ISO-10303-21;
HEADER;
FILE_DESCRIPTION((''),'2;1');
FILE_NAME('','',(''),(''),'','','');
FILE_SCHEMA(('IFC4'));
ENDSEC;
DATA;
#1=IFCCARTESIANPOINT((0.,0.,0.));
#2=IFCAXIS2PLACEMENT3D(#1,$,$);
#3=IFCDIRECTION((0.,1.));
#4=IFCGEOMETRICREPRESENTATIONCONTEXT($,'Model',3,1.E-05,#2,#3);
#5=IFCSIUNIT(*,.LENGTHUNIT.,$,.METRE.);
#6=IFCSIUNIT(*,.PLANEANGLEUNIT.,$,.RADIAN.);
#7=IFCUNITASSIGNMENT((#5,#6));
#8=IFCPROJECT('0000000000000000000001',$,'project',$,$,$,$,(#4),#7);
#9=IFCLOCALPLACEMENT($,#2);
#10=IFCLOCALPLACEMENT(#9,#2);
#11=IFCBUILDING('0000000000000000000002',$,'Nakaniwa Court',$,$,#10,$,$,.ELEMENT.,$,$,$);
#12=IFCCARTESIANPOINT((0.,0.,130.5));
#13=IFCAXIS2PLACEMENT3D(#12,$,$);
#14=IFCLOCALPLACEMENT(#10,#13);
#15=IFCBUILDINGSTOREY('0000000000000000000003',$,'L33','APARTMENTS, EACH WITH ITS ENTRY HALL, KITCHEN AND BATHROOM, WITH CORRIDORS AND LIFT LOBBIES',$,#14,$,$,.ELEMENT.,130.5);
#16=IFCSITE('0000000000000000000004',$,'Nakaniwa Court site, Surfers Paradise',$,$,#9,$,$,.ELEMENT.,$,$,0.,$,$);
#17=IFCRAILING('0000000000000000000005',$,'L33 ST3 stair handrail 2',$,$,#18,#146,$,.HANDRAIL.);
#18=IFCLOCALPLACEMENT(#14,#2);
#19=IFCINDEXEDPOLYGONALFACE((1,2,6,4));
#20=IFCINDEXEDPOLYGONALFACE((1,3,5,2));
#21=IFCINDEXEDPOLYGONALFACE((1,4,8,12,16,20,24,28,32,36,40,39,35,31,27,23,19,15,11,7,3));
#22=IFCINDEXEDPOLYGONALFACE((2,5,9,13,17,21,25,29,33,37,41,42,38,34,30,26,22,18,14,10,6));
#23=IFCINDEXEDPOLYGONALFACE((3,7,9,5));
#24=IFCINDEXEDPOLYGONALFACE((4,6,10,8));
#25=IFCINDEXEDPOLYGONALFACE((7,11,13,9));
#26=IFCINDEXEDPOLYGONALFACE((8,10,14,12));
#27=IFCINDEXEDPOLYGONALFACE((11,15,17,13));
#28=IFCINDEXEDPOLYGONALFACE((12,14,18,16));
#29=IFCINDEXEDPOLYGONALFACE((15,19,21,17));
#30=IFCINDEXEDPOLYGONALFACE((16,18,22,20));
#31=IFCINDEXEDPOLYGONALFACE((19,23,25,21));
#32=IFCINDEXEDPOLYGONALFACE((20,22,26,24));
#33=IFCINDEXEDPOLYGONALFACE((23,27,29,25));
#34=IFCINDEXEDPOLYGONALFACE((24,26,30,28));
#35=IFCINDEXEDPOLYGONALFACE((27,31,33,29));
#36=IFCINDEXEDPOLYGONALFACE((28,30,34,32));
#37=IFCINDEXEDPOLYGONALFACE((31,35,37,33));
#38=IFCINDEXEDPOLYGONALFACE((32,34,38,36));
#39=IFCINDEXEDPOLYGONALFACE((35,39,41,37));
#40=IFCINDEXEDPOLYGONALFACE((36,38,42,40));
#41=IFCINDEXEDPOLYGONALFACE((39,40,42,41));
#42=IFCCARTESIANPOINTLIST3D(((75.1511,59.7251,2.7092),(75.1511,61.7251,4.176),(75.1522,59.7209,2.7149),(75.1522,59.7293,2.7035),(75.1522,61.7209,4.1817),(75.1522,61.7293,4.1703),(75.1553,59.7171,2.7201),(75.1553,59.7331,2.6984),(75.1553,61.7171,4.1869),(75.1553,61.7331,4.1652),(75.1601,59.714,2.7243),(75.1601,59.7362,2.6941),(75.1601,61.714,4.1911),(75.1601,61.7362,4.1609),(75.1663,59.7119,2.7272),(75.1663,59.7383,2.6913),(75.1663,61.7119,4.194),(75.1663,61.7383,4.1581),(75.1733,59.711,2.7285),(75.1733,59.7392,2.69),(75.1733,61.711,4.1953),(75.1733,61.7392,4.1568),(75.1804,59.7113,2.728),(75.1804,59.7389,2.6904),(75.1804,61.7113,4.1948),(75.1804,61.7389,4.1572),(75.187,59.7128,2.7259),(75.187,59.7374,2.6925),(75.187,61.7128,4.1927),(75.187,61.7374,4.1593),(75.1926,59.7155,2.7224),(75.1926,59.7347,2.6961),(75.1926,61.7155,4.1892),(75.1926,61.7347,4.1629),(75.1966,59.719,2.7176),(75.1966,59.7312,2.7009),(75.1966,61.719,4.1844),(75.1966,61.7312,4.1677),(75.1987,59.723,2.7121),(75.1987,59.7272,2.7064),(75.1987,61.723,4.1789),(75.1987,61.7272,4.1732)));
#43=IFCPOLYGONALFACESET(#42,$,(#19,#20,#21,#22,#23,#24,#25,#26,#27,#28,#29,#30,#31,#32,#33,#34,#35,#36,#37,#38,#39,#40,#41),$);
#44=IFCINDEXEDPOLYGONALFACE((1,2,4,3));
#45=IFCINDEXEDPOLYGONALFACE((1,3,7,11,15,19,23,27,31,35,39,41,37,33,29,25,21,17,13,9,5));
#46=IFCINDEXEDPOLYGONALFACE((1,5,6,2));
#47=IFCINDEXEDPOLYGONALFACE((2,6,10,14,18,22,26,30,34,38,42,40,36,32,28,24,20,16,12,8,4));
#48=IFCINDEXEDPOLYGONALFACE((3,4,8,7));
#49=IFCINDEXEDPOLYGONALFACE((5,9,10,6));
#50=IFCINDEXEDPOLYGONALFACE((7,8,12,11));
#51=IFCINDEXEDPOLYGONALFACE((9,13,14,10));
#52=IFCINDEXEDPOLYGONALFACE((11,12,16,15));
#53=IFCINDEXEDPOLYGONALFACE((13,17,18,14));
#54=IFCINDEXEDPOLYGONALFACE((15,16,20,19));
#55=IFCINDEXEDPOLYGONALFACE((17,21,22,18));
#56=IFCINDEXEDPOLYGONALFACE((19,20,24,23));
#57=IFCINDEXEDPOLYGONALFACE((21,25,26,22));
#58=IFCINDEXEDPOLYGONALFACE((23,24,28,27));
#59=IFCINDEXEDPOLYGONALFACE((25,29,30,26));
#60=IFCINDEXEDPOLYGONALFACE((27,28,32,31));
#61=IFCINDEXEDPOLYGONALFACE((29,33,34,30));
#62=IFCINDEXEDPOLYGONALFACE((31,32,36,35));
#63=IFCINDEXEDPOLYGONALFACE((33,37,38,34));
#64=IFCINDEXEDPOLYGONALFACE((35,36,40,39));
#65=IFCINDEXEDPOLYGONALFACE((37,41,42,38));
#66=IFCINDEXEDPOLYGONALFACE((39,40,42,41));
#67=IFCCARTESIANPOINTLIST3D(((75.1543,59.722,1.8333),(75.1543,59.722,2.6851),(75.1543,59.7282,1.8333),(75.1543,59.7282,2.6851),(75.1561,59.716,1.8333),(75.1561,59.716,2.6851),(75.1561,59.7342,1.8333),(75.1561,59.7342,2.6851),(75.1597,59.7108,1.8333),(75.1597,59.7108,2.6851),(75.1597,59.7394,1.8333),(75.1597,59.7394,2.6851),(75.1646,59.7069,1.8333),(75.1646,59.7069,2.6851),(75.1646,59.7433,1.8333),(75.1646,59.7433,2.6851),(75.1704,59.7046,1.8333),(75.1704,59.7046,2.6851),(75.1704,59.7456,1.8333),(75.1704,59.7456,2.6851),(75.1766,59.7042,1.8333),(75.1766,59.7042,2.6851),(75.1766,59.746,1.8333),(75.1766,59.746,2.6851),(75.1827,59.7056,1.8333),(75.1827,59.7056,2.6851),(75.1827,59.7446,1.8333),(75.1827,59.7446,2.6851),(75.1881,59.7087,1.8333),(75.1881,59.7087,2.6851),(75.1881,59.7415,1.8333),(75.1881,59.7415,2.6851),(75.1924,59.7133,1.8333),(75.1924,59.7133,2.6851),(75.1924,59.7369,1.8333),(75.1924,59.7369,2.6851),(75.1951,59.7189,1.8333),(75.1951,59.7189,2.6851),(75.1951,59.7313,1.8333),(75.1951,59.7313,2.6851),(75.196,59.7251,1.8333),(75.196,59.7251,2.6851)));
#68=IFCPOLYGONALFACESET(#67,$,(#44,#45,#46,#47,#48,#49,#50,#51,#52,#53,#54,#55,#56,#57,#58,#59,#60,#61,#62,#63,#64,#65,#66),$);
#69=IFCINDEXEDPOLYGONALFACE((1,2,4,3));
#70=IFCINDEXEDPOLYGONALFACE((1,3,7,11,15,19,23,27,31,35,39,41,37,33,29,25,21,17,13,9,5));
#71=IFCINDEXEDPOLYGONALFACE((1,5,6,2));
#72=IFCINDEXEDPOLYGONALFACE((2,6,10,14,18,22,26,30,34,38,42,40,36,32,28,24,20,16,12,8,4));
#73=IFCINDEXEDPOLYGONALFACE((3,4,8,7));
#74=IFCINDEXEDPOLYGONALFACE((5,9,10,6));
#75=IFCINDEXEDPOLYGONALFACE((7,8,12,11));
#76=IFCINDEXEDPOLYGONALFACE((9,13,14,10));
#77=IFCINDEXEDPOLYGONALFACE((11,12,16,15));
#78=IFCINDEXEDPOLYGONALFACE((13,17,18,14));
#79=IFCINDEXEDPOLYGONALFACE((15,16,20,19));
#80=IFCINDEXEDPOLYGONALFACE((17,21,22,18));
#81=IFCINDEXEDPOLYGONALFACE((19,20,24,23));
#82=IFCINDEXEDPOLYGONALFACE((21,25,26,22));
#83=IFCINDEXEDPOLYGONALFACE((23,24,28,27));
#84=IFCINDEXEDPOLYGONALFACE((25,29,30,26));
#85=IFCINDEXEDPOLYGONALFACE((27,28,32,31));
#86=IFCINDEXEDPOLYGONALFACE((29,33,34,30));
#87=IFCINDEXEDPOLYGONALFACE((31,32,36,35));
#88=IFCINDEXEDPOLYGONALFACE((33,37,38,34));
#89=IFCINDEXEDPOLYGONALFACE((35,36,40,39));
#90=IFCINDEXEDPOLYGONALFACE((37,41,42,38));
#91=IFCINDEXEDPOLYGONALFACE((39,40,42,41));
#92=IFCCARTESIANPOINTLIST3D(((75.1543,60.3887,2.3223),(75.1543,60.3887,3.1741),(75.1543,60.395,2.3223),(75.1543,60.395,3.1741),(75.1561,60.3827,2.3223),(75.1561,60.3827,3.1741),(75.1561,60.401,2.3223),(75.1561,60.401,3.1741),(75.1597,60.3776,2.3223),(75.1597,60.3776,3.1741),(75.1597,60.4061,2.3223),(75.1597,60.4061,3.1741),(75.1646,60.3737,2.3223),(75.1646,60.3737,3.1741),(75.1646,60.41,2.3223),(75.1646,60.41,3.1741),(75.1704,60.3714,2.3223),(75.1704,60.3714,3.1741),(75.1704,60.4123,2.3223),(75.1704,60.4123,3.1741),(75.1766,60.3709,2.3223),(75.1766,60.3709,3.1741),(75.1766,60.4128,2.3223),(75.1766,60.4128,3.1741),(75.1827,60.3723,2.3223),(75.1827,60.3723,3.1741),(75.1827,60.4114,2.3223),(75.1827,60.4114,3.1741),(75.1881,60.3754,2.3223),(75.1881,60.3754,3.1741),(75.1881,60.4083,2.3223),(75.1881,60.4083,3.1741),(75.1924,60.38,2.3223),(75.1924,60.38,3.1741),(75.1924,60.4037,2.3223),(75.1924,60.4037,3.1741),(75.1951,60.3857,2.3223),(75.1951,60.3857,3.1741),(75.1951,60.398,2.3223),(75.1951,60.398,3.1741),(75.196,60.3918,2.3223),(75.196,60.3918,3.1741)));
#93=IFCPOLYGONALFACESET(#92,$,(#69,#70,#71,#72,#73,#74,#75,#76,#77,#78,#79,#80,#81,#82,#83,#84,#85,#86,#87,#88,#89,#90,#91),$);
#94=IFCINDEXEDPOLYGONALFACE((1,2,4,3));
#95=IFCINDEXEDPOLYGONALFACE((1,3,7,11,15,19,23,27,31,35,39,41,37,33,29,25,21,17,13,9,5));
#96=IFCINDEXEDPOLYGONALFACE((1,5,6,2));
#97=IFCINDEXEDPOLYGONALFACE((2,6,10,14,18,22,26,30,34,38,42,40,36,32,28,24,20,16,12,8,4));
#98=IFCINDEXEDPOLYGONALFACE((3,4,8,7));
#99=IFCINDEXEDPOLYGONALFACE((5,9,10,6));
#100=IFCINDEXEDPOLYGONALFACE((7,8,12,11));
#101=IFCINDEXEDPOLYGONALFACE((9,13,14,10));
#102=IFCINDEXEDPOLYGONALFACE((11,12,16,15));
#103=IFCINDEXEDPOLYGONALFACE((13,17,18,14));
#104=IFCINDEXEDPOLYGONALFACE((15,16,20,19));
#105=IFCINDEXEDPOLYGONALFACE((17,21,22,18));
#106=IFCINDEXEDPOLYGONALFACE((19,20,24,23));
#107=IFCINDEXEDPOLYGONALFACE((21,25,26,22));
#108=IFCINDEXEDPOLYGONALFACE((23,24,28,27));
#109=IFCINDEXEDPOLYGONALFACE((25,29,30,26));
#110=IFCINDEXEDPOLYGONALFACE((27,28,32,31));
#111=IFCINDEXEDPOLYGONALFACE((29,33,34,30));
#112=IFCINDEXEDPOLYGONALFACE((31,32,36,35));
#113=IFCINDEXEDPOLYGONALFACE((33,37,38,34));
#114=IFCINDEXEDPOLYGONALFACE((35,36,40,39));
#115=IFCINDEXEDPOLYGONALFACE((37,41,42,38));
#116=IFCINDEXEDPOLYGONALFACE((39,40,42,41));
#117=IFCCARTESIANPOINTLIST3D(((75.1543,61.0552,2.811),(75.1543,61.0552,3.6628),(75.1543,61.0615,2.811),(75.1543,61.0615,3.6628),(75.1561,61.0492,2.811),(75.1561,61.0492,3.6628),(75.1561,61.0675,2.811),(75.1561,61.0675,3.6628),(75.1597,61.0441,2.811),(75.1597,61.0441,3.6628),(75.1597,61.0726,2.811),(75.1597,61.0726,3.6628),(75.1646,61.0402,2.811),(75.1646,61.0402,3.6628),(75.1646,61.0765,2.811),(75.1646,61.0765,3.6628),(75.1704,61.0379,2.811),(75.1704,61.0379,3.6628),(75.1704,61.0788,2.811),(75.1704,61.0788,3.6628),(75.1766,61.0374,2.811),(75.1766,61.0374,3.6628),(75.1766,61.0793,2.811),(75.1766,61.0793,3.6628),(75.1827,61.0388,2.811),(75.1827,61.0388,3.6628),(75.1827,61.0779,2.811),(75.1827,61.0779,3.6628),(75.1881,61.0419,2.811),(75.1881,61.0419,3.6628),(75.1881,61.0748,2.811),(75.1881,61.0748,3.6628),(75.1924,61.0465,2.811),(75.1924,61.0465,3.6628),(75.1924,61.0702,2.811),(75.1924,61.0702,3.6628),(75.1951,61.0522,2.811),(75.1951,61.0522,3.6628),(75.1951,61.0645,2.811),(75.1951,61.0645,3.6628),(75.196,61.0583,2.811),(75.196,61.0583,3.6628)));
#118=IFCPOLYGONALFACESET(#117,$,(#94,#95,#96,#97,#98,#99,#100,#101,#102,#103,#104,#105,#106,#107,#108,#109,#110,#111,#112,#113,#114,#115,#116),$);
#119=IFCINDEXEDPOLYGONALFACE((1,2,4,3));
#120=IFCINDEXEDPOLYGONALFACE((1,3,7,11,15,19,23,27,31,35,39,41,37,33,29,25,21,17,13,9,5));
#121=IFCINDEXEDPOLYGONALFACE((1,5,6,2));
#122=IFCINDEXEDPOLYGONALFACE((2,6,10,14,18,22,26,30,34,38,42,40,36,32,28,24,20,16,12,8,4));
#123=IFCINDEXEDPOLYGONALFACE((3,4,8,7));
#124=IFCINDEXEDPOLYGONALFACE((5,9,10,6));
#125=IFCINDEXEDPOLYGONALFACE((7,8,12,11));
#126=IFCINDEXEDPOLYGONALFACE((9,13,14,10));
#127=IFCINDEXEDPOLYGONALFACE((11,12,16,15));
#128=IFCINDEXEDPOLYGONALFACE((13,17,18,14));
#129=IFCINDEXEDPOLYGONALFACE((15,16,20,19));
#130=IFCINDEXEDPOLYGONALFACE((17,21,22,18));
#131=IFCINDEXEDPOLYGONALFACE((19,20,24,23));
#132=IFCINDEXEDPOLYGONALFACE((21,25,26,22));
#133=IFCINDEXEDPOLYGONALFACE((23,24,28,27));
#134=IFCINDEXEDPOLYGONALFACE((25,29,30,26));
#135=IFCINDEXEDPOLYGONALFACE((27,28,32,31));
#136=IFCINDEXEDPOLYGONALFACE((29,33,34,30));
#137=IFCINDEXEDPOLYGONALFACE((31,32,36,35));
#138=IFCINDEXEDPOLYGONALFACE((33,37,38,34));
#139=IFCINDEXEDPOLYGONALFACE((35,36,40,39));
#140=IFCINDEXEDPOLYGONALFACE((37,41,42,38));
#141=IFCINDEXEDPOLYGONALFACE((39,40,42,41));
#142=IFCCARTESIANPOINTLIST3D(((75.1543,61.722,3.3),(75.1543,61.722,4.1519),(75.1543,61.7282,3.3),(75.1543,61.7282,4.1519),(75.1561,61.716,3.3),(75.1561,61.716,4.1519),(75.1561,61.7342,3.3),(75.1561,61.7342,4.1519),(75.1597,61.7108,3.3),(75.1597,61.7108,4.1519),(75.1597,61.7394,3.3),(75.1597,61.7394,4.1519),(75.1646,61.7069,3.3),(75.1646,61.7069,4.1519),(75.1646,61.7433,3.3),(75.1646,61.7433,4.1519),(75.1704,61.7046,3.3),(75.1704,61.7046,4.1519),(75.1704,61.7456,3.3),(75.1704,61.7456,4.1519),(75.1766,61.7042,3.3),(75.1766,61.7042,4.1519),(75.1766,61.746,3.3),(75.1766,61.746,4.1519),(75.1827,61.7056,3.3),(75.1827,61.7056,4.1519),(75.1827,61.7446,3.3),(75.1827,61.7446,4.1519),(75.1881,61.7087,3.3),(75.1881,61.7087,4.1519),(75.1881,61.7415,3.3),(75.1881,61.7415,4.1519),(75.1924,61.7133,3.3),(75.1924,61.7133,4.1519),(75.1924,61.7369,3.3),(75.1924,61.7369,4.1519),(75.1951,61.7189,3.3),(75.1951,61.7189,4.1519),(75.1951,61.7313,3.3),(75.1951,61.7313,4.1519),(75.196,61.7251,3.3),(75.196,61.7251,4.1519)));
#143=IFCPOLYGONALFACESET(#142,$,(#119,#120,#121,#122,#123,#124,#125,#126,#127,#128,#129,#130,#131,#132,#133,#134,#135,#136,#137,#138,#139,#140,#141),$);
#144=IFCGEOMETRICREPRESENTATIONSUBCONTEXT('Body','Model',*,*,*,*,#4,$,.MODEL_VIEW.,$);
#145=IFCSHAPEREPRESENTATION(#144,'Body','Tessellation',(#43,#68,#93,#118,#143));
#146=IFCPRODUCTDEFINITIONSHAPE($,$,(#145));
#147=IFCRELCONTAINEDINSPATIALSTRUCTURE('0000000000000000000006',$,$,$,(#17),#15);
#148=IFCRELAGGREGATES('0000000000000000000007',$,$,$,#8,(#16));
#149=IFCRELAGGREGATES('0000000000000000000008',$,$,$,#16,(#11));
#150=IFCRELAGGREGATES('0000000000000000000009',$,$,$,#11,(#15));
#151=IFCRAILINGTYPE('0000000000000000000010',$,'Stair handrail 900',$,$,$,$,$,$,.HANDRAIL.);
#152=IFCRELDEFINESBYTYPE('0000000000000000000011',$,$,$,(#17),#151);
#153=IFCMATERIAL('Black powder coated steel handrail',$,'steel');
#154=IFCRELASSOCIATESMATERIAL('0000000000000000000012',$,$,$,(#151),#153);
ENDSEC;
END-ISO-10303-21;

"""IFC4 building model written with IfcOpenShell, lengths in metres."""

from ifc_helpers import new_model, si_unit, direction, frame, origin, origin_2d, place, context, subcontext, project, spatial, circle, extrude, material, type_object, element, save


model = new_model("IFC4")

# Units and contexts
model_context = context("Model", 3, precision=1e-05, world=origin(), true_north=direction((0.0, 1.0)))
body_context = subcontext(model_context, "Body", "Model", "MODEL_VIEW")
ifc_project = project(units=[si_unit("LENGTHUNIT", "METRE"), si_unit("PLANEANGLEUNIT", "RADIAN")], contexts=[model_context])

# Site, building, storey
site_placement = place(None, origin())
site = spatial("IfcSite", under=ifc_project, at=site_placement, Name="Nakaniwa Court site, Surfers Paradise", CompositionType="ELEMENT", RefElevation=0.0)
building_placement = place(site_placement, origin())
building = spatial("IfcBuilding", under=site, at=building_placement, Name="Nakaniwa Court", CompositionType="ELEMENT")
storey_placement = place(building_placement, frame((0.0, 0.0, 130.5)))
storey = spatial("IfcBuildingStorey", under=building, at=storey_placement, Name="L33", Description="APARTMENTS, EACH WITH ITS ENTRY HALL, KITCHEN AND BATHROOM, WITH CORRIDORS AND LIFT LOBBIES", CompositionType="ELEMENT", Elevation=130.5)

# Railing
ifc_material_1 = material(Name="Black powder coated steel handrail", Category="steel")
railing_type_1 = type_object("IfcRailingType", Name="Stair handrail 900", PredefinedType="HANDRAIL", material=ifc_material_1)
railing_1_placement = place(storey_placement, frame((75.175, 59.7251, 1.8333)))
element("IfcRailing", 1, at=railing_1_placement, inside=storey, type_object=railing_type_1, Name="L33 ST3 stair handrail 2", PredefinedType="HANDRAIL", context=body_context, shape_type="SweptSolid", body=[
    extrude(circle(Radius=0.0239, at=origin_2d()), frame((0.0, 0.0, 0.876), z_axis=(0.0, 0.80638, 0.591398), x_axis=(-1.0, 0.0, 0.0)), (0.0, 0.0, 1.0), 2.4802),
    extrude(circle(Radius=0.021, at=origin_2d()), origin(), (0.0, 0.0, 1.0), 0.8518),
    extrude(circle(Radius=0.021, at=origin_2d()), frame((0.0, 0.6667, 0.489)), (0.0, 0.0, 1.0), 0.8518),
    extrude(circle(Radius=0.021, at=origin_2d()), frame((0.0, 1.3333, 0.9778)), (0.0, 0.0, 1.0), 0.8518),
    extrude(circle(Radius=0.021, at=origin_2d()), frame((0.0, 2.0, 1.4668)), (0.0, 0.0, 1.0), 0.8518),
])

save(model, "model.ifc")
